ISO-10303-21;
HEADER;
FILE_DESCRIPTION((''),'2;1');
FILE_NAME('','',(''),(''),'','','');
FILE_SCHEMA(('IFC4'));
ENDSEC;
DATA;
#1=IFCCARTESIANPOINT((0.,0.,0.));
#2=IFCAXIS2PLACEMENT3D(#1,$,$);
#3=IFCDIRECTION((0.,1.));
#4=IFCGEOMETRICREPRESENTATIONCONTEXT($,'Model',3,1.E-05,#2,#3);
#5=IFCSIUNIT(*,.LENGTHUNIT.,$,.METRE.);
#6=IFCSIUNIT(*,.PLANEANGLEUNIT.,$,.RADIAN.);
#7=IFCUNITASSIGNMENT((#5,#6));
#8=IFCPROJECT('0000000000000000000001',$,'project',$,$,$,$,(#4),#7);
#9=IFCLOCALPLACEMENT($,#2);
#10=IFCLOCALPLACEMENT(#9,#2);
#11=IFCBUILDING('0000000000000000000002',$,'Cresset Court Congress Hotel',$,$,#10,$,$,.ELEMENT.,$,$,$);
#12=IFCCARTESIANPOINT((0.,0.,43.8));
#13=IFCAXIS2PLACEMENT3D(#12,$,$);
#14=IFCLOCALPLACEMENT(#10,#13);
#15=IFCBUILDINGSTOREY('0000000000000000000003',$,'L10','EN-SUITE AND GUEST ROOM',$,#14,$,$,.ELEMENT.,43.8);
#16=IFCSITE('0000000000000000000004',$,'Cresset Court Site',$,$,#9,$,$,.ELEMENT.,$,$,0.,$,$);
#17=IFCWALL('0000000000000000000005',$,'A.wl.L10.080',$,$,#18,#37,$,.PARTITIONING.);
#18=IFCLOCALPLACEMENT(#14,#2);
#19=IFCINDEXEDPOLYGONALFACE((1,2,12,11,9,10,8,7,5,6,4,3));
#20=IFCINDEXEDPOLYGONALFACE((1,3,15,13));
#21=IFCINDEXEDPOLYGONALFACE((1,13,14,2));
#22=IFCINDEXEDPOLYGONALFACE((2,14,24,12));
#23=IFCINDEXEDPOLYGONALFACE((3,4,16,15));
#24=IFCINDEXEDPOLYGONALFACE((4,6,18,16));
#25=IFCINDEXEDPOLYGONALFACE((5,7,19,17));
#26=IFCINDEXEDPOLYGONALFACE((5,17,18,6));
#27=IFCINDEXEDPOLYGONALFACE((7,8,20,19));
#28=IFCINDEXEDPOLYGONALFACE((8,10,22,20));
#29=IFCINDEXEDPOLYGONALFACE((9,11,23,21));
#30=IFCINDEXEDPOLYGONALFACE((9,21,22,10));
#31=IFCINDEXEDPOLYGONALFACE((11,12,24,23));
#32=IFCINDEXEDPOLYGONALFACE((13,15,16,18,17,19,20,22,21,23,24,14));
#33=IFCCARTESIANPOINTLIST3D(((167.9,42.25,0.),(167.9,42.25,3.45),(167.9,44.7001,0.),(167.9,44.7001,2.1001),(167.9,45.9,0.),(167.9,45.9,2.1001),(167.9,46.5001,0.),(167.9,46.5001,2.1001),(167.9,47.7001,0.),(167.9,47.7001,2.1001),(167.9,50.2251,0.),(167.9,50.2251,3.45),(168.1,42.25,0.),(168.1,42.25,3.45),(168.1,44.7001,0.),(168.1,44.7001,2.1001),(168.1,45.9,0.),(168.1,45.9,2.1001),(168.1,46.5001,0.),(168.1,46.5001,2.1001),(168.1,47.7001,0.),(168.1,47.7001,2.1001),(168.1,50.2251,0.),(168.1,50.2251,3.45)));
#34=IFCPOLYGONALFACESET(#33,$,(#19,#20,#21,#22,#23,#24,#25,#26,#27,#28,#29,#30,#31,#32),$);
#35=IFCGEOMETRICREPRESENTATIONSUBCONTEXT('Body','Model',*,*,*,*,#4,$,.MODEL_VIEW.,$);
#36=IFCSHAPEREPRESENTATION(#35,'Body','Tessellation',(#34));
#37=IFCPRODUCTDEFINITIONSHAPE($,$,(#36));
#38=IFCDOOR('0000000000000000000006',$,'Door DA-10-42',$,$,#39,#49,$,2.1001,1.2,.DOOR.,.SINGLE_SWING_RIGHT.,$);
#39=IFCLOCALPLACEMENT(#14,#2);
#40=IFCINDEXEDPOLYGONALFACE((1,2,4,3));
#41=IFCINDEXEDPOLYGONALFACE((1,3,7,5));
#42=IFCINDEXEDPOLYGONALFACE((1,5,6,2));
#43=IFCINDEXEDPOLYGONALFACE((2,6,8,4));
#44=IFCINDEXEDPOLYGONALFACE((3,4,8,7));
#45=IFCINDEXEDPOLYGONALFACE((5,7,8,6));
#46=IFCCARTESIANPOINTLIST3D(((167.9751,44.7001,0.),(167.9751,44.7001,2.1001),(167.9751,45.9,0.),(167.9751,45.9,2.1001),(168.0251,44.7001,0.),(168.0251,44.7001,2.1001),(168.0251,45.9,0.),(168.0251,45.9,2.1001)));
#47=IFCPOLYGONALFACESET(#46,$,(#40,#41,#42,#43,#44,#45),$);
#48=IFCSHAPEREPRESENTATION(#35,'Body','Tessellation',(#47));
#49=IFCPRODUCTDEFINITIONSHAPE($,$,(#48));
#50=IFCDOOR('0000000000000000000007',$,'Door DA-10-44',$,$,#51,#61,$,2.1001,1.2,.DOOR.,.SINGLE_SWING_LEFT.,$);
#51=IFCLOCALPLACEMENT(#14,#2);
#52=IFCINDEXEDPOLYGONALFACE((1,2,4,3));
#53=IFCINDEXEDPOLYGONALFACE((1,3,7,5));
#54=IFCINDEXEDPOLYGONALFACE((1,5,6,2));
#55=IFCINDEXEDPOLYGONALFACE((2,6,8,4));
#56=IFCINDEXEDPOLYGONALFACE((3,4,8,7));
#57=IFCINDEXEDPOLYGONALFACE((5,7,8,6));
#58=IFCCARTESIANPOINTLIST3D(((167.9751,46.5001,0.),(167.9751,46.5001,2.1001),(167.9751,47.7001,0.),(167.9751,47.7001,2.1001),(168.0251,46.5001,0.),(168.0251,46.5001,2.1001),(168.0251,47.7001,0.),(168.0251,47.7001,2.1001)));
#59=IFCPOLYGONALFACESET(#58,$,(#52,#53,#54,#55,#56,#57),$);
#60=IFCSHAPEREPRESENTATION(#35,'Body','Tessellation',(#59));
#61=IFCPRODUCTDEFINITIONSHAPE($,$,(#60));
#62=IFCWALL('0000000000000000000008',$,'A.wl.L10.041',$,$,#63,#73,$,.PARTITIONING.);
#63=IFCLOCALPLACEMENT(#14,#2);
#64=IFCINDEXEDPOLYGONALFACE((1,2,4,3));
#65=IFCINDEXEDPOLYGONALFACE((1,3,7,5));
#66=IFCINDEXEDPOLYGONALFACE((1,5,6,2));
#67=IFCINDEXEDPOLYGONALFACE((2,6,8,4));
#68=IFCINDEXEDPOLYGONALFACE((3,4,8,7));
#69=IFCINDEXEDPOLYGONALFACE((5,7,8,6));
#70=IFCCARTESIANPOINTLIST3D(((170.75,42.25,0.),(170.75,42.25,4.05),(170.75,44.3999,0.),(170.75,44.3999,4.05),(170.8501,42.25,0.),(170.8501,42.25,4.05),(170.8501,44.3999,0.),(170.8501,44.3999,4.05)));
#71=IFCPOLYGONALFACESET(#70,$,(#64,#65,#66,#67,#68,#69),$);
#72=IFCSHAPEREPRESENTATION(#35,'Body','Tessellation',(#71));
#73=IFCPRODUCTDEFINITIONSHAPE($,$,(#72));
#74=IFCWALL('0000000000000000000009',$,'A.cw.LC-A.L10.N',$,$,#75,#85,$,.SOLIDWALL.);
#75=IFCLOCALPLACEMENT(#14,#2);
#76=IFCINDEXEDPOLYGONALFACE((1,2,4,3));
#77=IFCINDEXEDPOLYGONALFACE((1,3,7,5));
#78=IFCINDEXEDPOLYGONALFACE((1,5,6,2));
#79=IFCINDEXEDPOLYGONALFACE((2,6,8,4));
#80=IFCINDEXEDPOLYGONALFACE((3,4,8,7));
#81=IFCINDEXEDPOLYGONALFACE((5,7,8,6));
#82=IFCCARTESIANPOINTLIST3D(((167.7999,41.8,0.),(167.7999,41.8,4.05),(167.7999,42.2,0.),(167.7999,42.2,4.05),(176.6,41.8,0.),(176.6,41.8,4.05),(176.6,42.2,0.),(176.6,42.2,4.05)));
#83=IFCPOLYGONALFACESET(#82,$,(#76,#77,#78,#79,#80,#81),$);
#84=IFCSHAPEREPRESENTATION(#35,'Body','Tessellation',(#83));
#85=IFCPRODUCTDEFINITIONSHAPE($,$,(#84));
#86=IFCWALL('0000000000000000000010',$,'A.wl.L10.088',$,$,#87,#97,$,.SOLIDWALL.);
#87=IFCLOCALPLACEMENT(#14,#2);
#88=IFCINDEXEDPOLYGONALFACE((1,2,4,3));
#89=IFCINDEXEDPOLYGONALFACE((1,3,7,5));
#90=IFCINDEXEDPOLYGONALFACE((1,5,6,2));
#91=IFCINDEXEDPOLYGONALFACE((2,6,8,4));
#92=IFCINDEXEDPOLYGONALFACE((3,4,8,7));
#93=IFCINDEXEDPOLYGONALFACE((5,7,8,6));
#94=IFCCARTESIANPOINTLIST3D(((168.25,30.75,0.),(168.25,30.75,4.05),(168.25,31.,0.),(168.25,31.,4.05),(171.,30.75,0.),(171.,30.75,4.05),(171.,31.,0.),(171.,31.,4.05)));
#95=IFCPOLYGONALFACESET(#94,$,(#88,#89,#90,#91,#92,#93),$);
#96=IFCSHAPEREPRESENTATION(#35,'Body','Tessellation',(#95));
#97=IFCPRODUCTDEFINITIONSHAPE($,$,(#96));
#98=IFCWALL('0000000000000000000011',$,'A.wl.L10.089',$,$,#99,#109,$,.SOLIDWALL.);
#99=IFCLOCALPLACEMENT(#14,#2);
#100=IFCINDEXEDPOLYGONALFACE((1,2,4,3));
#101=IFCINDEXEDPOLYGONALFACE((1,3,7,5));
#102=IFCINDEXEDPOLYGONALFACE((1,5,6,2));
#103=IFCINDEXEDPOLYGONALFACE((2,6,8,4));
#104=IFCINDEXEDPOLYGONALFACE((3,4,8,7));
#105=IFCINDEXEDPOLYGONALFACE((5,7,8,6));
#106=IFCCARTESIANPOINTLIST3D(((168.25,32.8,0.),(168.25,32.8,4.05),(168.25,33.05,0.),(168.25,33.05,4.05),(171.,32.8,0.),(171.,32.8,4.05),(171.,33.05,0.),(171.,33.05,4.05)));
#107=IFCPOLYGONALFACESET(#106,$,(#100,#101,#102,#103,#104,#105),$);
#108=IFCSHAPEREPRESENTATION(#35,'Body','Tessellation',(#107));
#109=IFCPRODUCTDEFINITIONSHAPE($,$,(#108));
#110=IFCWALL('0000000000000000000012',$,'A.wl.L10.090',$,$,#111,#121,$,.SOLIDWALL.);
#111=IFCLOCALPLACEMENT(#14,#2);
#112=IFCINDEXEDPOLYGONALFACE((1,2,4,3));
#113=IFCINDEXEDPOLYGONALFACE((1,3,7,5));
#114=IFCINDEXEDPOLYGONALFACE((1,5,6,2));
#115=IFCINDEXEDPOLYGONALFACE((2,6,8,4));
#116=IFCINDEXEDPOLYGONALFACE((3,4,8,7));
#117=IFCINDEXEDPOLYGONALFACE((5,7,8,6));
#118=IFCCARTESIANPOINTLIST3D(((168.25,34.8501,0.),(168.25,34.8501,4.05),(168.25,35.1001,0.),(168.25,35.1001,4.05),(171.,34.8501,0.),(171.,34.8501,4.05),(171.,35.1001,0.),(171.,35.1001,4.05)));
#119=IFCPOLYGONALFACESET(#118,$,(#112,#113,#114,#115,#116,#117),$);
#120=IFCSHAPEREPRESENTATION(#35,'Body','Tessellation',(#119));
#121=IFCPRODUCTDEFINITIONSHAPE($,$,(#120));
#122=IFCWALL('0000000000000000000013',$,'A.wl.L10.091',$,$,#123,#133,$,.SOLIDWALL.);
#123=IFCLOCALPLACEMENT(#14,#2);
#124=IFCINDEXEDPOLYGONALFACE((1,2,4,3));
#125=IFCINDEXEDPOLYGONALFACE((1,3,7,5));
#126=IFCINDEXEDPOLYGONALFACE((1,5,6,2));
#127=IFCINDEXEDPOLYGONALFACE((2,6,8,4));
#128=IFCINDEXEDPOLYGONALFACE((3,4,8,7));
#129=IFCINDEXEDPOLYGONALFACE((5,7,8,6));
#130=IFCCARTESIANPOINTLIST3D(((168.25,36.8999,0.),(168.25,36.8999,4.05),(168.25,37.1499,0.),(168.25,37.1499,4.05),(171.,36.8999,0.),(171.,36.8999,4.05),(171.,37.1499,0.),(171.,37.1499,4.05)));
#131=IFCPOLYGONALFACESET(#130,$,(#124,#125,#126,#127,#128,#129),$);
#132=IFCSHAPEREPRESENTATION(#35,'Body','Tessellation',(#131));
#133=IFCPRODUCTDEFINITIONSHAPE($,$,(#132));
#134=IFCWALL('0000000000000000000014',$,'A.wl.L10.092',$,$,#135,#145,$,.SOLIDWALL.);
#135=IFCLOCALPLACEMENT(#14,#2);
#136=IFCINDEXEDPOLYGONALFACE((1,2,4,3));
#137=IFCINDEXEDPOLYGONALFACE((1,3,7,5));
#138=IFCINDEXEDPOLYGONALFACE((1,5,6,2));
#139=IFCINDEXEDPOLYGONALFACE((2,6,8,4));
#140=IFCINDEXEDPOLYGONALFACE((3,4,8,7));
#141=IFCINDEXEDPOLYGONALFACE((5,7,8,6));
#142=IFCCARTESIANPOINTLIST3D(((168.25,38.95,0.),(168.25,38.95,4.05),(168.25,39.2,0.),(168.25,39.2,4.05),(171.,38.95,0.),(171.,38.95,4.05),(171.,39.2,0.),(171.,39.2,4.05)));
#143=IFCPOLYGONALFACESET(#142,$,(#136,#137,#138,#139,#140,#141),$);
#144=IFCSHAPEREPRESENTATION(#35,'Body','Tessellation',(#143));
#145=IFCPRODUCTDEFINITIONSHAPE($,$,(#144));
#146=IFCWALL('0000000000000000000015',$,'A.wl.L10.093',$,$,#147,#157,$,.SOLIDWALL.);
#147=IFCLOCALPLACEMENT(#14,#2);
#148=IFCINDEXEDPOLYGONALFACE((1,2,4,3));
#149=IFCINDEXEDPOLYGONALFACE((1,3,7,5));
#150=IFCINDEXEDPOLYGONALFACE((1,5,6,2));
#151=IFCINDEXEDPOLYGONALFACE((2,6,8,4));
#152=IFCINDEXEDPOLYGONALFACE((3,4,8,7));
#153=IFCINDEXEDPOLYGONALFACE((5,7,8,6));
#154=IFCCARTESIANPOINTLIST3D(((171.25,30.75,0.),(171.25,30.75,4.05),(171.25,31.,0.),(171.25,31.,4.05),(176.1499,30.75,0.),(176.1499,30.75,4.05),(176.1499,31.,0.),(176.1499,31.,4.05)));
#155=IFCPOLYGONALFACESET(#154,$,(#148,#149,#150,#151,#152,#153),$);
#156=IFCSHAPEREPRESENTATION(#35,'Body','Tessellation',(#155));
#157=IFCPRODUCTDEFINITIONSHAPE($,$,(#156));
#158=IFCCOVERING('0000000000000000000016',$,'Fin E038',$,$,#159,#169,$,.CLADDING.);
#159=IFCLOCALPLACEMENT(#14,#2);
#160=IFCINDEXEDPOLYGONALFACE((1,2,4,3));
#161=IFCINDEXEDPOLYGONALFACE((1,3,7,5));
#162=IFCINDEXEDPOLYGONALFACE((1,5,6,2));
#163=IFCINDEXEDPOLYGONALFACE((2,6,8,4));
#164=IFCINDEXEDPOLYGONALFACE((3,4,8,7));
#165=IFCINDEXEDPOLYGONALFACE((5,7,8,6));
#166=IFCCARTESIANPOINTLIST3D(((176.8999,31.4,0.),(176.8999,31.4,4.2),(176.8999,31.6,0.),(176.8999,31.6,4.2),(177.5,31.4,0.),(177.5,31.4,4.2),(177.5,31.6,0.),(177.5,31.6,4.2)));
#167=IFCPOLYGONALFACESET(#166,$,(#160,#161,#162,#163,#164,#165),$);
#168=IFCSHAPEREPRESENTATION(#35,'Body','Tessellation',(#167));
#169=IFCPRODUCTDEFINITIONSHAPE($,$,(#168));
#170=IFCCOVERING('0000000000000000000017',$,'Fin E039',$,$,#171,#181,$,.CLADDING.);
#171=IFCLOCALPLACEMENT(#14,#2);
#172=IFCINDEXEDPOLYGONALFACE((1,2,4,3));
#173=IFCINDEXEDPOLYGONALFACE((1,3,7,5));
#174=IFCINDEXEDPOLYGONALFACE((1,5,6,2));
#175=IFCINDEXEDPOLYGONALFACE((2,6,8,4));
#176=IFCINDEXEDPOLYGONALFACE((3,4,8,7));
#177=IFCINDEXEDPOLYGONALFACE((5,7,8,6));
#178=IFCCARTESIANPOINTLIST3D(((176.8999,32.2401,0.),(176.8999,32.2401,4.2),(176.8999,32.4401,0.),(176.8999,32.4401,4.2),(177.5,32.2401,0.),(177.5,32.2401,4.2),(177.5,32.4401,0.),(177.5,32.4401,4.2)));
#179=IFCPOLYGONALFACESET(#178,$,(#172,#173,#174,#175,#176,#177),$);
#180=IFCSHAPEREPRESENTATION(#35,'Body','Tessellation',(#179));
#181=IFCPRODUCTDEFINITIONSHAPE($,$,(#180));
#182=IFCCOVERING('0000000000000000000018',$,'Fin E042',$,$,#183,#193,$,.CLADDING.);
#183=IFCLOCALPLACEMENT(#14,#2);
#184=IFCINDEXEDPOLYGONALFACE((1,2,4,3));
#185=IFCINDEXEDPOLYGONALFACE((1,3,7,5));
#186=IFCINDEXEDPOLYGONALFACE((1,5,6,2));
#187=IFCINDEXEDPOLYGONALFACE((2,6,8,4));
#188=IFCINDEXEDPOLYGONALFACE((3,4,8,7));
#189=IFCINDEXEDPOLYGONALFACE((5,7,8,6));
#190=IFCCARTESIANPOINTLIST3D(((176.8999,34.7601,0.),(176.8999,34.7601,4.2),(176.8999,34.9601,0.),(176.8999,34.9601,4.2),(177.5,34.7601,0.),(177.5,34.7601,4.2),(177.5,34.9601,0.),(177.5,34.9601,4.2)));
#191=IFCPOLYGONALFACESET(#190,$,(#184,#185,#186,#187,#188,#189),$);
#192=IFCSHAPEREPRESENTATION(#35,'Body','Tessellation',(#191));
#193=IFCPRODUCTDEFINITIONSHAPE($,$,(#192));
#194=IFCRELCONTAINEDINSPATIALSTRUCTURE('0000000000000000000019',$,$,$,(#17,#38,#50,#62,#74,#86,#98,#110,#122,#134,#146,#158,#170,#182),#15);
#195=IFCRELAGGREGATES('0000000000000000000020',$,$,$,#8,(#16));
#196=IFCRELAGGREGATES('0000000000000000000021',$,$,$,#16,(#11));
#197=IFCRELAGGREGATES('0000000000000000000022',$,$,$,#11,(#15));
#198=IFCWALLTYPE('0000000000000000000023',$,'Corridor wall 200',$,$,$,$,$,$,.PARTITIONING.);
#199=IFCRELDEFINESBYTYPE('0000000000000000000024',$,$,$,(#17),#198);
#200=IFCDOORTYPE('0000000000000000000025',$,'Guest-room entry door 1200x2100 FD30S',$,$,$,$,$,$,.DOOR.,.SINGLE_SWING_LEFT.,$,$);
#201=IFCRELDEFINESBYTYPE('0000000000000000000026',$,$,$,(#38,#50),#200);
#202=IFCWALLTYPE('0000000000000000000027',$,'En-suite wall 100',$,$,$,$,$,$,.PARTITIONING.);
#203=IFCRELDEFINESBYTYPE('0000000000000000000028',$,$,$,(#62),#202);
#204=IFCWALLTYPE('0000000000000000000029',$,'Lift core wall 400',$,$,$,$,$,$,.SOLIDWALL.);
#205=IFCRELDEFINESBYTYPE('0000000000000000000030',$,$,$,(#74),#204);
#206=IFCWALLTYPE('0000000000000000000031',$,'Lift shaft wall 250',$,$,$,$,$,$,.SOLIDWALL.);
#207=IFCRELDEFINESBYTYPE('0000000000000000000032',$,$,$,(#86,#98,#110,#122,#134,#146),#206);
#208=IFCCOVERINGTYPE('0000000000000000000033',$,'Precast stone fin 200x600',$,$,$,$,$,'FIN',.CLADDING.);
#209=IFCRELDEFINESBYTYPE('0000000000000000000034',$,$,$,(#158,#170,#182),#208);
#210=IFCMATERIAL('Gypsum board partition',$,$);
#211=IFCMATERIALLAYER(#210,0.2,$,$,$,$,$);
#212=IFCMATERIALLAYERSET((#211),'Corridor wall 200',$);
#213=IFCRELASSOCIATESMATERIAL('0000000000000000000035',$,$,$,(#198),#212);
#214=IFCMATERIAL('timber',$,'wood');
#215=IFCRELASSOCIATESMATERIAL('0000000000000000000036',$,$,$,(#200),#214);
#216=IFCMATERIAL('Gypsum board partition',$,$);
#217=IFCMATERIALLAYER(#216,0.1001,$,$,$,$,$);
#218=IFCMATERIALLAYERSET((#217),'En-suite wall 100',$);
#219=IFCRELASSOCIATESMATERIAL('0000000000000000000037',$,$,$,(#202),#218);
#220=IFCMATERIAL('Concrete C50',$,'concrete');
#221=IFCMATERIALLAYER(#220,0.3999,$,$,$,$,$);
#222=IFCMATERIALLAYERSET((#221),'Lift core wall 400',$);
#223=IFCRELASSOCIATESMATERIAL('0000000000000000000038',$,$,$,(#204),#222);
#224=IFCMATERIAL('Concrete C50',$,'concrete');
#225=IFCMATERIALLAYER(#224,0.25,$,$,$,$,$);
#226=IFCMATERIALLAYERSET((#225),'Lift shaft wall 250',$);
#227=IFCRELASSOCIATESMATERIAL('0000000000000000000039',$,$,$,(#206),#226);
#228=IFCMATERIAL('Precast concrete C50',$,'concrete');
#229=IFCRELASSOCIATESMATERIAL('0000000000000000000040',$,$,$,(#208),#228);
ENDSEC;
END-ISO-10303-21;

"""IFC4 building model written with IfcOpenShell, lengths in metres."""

from ifc_helpers import new_model, si_unit, direction, frame, frame_2d, origin, origin_2d, place, context, subcontext, project, spatial, rectangle, extrude, material, layer, layer_set, type_object, element, fill, save


model = new_model("IFC4")

# Units and contexts
model_context = context("Model", 3, precision=1e-05, world=origin(), true_north=direction((0.0, 1.0)))
body_context = subcontext(model_context, "Body", "Model", "MODEL_VIEW")
ifc_project = project(units=[si_unit("LENGTHUNIT", "METRE"), si_unit("PLANEANGLEUNIT", "RADIAN")], contexts=[model_context])

# Site, building, storey
site_placement = place(None, origin())
site = spatial("IfcSite", under=ifc_project, at=site_placement, Name="Cresset Court Site", CompositionType="ELEMENT", RefElevation=0.0)
building_placement = place(site_placement, origin())
building = spatial("IfcBuilding", under=site, at=building_placement, Name="Cresset Court Congress Hotel", CompositionType="ELEMENT")
storey_placement = place(building_placement, frame((0.0, 0.0, 43.8)))
storey = spatial("IfcBuildingStorey", under=building, at=storey_placement, Name="L10", Description="EN-SUITE AND GUEST ROOM", CompositionType="ELEMENT", Elevation=43.8)

# Wall, openings, doors
ifc_material_1 = material(Name="Gypsum board partition")
ifc_layer_1 = layer(ifc_material_1, 0.2)
ifc_layer_set_1 = layer_set([ifc_layer_1], Name="Corridor wall 200")
wall_type_1 = type_object("IfcWallType", Name="Corridor wall 200", PredefinedType="PARTITIONING", material=ifc_layer_set_1)
ifc_material_2 = material(Name="timber", Category="wood")
door_type = type_object("IfcDoorType", Name="Guest-room entry door 1200x2100 FD30S", OperationType="SINGLE_SWING_LEFT", PredefinedType="DOOR", material=ifc_material_2)
wall_1_placement = place(storey_placement, frame((168.0, 42.25, 0.0), z_axis=(0.0, 0.0, 1.0), x_axis=(0.0, 1.0, 0.0)))
wall_1 = element("IfcWall", 1, at=wall_1_placement, inside=storey, type_object=wall_type_1, Name="A.wl.L10.080", PredefinedType="PARTITIONING", context=body_context, shape_type="SweptSolid", body=[
    extrude(rectangle(XDim=7.9751, YDim=0.2, at=frame_2d((3.9875, 0.0))), origin(), (0.0, 0.0, 1.0), 3.45),
])
opening_1_placement = place(wall_1_placement, frame((2.45, 0.0, 0.0)))
opening_1 = element("IfcOpeningElement", 2, at=opening_1_placement, cuts=wall_1, PredefinedType="OPENING", context=body_context, shape_type="SweptSolid", body=[
    extrude(rectangle(XDim=1.2, YDim=2.1001, at=frame_2d((0.6001, 1.05))), frame((0.0, 0.1099, 0.0), z_axis=(0.0, -1.0, 0.0), x_axis=(1.0, 0.0, 0.0)), (0.0, 0.0, 1.0), 0.22),
])
opening_2_placement = place(wall_1_placement, frame((4.25, 0.0, 0.0)))
opening_2 = element("IfcOpeningElement", 3, at=opening_2_placement, cuts=wall_1, PredefinedType="OPENING", context=body_context, shape_type="SweptSolid", body=[
    extrude(rectangle(XDim=1.2, YDim=2.1001, at=frame_2d((0.6001, 1.05))), frame((0.0, 0.1099, 0.0), z_axis=(0.0, -1.0, 0.0), x_axis=(1.0, 0.0, 0.0)), (0.0, 0.0, 1.0), 0.22),
])
door_1_placement = place(opening_1_placement, origin())
door_1 = element("IfcDoor", 4, at=door_1_placement, inside=storey, type_object=door_type, Name="Door DA-10-42", OperationType="SINGLE_SWING_RIGHT", OverallHeight=2.1001, OverallWidth=1.2, PredefinedType="DOOR", context=body_context, shape_type="SweptSolid", body=[
    extrude(rectangle(XDim=1.2, YDim=2.1001, at=frame_2d((0.6001, 1.05))), frame((0.0, 0.0249, 0.0), z_axis=(0.0, -1.0, 0.0), x_axis=(1.0, 0.0, 0.0)), (0.0, 0.0, 1.0), 0.05),
])
fill(opening_1, door_1)
door_2_placement = place(opening_2_placement, origin())
door_2 = element("IfcDoor", 5, at=door_2_placement, inside=storey, type_object=door_type, Name="Door DA-10-44", OperationType="SINGLE_SWING_LEFT", OverallHeight=2.1001, OverallWidth=1.2, PredefinedType="DOOR", context=body_context, shape_type="SweptSolid", body=[
    extrude(rectangle(XDim=1.2, YDim=2.1001, at=frame_2d((0.6001, 1.05))), frame((0.0, 0.0249, 0.0), z_axis=(0.0, -1.0, 0.0), x_axis=(1.0, 0.0, 0.0)), (0.0, 0.0, 1.0), 0.05),
])
fill(opening_2, door_2)

# Walls
ifc_material_3 = material(Name="Gypsum board partition")
ifc_layer_2 = layer(ifc_material_3, 0.1001)
ifc_layer_set_2 = layer_set([ifc_layer_2], Name="En-suite wall 100")
wall_type_2 = type_object("IfcWallType", Name="En-suite wall 100", PredefinedType="PARTITIONING", material=ifc_layer_set_2)
wall_2_placement = place(storey_placement, frame((170.8, 42.25, 0.0), z_axis=(0.0, 0.0, 1.0), x_axis=(0.0, 1.0, 0.0)))
element("IfcWall", 6, at=wall_2_placement, inside=storey, type_object=wall_type_2, Name="A.wl.L10.041", PredefinedType="PARTITIONING", context=body_context, shape_type="SweptSolid", body=[
    extrude(rectangle(XDim=2.1499, YDim=0.1001, at=frame_2d((1.075, 0.0))), origin(), (0.0, 0.0, 1.0), 4.05),
])
ifc_material_4 = material(Name="Concrete C50", Category="concrete")
ifc_layer_3 = layer(ifc_material_4, 0.3999)
ifc_layer_set_3 = layer_set([ifc_layer_3], Name="Lift core wall 400")
wall_type_3 = type_object("IfcWallType", Name="Lift core wall 400", PredefinedType="SOLIDWALL", material=ifc_layer_set_3)
wall_3_placement = place(storey_placement, frame((167.8, 42.0, 0.0), z_axis=(0.0, 0.0, 1.0), x_axis=(1.0, 0.0, 0.0)))
element("IfcWall", 7, at=wall_3_placement, inside=storey, type_object=wall_type_3, Name="A.cw.LC-A.L10.N", PredefinedType="SOLIDWALL", context=body_context, shape_type="SweptSolid", body=[
    extrude(rectangle(XDim=8.8, YDim=0.3999, at=frame_2d((4.3999, 0.0))), origin(), (0.0, 0.0, 1.0), 4.05),
])
ifc_material_5 = material(Name="Concrete C50", Category="concrete")
ifc_layer_4 = layer(ifc_material_5, 0.25)
ifc_layer_set_4 = layer_set([ifc_layer_4], Name="Lift shaft wall 250")
wall_type_4 = type_object("IfcWallType", Name="Lift shaft wall 250", PredefinedType="SOLIDWALL", material=ifc_layer_set_4)
for number, where, z_axis, x_axis, name in (
    (8, (168.25, 30.875, 0.0), (0.0, 0.0, 1.0), (1.0, 0.0, 0.0), "A.wl.L10.088"),
    (9, (168.25, 32.925, 0.0), (0.0, 0.0, 1.0), (1.0, 0.0, 0.0), "A.wl.L10.089"),
    (10, (168.25, 34.9751, 0.0), (0.0, 0.0, 1.0), (1.0, 0.0, 0.0), "A.wl.L10.090"),
    (11, (168.25, 37.0249, 0.0), (0.0, 0.0, 1.0), (1.0, 0.0, 0.0), "A.wl.L10.091"),
    (12, (168.25, 39.075, 0.0), (0.0, 0.0, 1.0), (1.0, 0.0, 0.0), "A.wl.L10.092"),
):
    element("IfcWall", number, at=place(storey_placement, frame(where, z_axis=z_axis, x_axis=x_axis)), inside=storey, type_object=wall_type_4, Name=name, PredefinedType="SOLIDWALL", context=body_context, shape_type="SweptSolid", body=[
        extrude(rectangle(XDim=2.75, YDim=0.25, at=frame_2d((1.375, 0.0))), origin(), (0.0, 0.0, 1.0), 4.05),
    ])
wall_4_placement = place(storey_placement, frame((171.25, 30.875, 0.0), z_axis=(0.0, 0.0, 1.0), x_axis=(1.0, 0.0, 0.0)))
element("IfcWall", 13, at=wall_4_placement, inside=storey, type_object=wall_type_4, Name="A.wl.L10.093", PredefinedType="SOLIDWALL", context=body_context, shape_type="SweptSolid", body=[
    extrude(rectangle(XDim=4.8999, YDim=0.25, at=frame_2d((2.45, 0.0))), origin(), (0.0, 0.0, 1.0), 4.05),
])

# Coverings
ifc_material_6 = material(Name="Precast concrete C50", Category="concrete")
covering_type_1 = type_object("IfcCoveringType", Name="Precast stone fin 200x600", ElementType="FIN", PredefinedType="CLADDING", material=ifc_material_6)
for number, where, z_axis, x_axis, name in (
    (14, (177.2, 31.5, 0.0), (0.0, 0.0, 1.0), (1.0, 0.0, 0.0), "Fin E038"),
    (15, (177.2, 32.3401, 0.0), (0.0, 0.0, 1.0), (1.0, 0.0, 0.0), "Fin E039"),
    (16, (177.2, 34.8601, 0.0), (0.0, 0.0, 1.0), (1.0, 0.0, 0.0), "Fin E042"),
):
    element("IfcCovering", number, at=place(storey_placement, frame(where, z_axis=z_axis, x_axis=x_axis)), inside=storey, type_object=covering_type_1, Name=name, PredefinedType="CLADDING", context=body_context, shape_type="SweptSolid", body=[
        extrude(rectangle(XDim=0.6001, YDim=0.2, at=origin_2d()), origin(), (0.0, 0.0, 1.0), 4.2),
    ])

save(model, "model.ifc")
